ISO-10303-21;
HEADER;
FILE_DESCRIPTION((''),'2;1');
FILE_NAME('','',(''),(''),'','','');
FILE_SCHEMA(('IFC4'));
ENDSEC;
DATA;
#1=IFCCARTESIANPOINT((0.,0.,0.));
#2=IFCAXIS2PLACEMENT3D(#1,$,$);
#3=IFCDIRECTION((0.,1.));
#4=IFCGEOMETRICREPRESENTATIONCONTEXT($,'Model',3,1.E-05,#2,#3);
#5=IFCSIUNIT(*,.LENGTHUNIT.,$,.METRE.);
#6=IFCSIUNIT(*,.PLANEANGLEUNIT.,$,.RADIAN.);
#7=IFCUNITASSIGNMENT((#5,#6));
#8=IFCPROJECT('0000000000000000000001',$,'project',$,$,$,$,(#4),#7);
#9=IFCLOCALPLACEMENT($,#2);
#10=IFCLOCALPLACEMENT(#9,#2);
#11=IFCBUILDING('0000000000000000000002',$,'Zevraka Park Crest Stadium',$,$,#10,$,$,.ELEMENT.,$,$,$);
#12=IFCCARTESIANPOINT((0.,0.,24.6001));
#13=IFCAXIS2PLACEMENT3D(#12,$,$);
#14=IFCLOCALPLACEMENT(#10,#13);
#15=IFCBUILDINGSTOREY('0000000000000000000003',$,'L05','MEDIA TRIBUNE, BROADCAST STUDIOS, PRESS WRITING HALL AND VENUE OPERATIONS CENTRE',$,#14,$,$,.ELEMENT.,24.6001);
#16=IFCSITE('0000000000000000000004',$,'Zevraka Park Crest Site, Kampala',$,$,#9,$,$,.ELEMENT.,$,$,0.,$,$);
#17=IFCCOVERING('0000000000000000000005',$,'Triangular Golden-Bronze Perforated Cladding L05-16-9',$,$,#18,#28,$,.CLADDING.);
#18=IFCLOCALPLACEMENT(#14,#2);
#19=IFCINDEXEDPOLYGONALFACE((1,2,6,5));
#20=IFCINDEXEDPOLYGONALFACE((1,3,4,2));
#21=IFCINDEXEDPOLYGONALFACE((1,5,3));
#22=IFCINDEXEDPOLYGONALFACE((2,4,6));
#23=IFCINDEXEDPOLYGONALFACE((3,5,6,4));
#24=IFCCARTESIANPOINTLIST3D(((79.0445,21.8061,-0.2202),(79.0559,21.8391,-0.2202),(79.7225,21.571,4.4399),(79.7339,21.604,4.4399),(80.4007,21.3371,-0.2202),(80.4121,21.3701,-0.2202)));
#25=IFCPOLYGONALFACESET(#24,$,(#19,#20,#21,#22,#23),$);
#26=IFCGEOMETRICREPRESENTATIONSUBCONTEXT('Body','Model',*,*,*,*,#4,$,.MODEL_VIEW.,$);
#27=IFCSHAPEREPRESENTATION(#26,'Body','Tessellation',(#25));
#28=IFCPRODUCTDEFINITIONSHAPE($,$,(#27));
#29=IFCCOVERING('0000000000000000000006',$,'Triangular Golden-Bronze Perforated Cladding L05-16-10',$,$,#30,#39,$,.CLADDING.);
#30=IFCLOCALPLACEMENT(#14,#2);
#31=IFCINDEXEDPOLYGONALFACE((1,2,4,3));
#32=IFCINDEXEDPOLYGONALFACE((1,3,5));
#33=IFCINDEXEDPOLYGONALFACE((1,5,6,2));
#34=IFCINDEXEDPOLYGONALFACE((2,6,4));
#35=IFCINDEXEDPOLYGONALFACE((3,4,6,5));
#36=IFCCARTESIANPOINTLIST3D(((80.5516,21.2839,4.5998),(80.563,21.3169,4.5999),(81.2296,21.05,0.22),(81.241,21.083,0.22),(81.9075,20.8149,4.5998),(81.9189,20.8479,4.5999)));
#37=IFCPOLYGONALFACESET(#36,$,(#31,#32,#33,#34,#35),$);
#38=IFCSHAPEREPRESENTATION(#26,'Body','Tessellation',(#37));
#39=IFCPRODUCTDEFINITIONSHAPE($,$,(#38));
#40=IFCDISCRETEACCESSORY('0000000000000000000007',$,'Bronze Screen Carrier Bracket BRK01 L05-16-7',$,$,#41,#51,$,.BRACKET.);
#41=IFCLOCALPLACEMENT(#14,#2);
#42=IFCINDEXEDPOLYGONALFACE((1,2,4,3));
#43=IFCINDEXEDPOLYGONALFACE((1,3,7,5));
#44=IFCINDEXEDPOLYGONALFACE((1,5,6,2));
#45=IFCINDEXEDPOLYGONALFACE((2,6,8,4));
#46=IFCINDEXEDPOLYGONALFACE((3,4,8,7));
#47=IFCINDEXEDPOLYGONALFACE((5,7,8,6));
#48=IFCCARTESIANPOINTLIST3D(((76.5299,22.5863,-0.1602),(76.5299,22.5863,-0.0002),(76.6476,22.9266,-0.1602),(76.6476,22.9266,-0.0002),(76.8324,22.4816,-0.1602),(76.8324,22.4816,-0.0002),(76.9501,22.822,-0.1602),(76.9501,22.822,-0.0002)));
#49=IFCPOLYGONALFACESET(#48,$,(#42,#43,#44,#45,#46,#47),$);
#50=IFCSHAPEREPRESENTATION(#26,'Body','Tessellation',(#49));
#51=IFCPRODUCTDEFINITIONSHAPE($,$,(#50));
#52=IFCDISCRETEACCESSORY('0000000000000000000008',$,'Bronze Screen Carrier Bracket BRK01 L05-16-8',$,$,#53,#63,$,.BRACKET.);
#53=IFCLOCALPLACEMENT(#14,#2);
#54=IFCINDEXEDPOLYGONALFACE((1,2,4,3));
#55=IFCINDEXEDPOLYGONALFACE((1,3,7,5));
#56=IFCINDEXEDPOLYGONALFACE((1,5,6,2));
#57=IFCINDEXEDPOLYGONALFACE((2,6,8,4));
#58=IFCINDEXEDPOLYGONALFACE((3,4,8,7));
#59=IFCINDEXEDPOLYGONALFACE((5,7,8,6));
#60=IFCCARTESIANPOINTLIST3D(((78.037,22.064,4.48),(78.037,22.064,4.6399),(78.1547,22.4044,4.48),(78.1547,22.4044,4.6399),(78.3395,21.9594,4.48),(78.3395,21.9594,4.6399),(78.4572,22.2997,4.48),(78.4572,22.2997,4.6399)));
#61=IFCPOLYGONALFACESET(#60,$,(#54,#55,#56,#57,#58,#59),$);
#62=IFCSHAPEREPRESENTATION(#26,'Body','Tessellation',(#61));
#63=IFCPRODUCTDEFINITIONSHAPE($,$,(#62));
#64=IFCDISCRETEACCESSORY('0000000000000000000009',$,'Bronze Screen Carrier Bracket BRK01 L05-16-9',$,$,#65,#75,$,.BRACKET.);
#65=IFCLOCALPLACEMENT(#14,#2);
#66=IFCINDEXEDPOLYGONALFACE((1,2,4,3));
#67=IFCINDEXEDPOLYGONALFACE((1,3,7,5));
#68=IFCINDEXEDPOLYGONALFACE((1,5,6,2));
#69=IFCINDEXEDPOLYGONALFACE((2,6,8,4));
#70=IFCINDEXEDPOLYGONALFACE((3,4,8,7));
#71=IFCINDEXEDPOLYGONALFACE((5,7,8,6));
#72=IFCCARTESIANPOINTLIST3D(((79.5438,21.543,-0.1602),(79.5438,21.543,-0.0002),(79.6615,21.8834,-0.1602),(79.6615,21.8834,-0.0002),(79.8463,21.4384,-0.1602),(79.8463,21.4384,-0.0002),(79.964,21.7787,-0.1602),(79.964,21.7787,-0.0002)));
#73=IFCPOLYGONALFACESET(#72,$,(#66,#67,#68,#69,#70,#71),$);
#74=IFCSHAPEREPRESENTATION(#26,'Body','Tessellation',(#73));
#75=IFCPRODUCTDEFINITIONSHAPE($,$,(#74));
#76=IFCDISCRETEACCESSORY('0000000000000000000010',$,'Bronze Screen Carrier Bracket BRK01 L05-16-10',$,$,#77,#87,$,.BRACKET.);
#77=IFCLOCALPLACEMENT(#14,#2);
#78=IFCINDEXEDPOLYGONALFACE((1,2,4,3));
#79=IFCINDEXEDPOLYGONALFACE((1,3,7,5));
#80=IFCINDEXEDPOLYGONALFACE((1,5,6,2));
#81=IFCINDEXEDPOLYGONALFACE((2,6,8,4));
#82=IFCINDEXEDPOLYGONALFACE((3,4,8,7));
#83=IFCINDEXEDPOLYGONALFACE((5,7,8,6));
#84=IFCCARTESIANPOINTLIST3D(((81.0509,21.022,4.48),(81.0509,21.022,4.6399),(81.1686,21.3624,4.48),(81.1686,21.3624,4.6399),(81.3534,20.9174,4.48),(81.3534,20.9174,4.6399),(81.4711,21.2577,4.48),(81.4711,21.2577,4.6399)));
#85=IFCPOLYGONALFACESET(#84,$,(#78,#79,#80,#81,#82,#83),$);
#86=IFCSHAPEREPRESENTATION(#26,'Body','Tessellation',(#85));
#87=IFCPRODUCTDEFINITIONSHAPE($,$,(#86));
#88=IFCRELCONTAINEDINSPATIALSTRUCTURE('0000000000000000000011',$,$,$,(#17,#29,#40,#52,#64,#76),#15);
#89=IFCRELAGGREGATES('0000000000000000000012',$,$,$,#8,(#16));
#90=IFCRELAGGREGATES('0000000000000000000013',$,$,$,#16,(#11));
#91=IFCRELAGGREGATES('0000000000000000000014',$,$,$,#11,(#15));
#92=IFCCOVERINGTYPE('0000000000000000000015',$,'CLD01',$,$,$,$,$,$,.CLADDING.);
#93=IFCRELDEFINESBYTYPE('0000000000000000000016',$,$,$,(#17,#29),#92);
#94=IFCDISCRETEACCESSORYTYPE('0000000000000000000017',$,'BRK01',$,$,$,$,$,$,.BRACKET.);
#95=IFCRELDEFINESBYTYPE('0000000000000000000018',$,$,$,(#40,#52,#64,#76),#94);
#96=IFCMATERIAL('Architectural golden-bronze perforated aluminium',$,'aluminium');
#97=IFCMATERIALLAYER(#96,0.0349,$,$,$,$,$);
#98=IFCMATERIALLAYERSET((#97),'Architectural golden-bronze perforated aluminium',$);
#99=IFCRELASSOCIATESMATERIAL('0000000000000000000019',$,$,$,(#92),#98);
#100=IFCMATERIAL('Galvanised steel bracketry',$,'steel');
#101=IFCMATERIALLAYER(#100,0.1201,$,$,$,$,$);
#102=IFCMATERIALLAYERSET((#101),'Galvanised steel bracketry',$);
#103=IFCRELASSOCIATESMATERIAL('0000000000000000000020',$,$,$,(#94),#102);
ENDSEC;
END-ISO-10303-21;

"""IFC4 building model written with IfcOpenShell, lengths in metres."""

from ifc_helpers import new_model, si_unit, direction, frame, origin, origin_2d, place, context, subcontext, project, spatial, polyline, rectangle, outline, extrude, material, layer, layer_set, type_object, element, save


model = new_model("IFC4")

# Units and contexts
model_context = context("Model", 3, precision=1e-05, world=origin(), true_north=direction((0.0, 1.0)))
body_context = subcontext(model_context, "Body", "Model", "MODEL_VIEW")
ifc_project = project(units=[si_unit("LENGTHUNIT", "METRE"), si_unit("PLANEANGLEUNIT", "RADIAN")], contexts=[model_context])

# Site, building, storey
site_placement = place(None, origin())
site = spatial("IfcSite", under=ifc_project, at=site_placement, Name="Zevraka Park Crest Site, Kampala", CompositionType="ELEMENT", RefElevation=0.0)
building_placement = place(site_placement, origin())
building = spatial("IfcBuilding", under=site, at=building_placement, Name="Zevraka Park Crest Stadium", CompositionType="ELEMENT")
storey_placement = place(building_placement, frame((0.0, 0.0, 24.6001)))
storey = spatial("IfcBuildingStorey", under=building, at=storey_placement, Name="L05", Description="MEDIA TRIBUNE, BROADCAST STUDIOS, PRESS WRITING HALL AND VENUE OPERATIONS CENTRE", CompositionType="ELEMENT", Elevation=24.6001)

# Coverings
ifc_material_1 = material(Name="Architectural golden-bronze perforated aluminium", Category="aluminium")
ifc_layer_1 = layer(ifc_material_1, 0.0349)
ifc_layer_set_1 = layer_set([ifc_layer_1], Name="Architectural golden-bronze perforated aluminium")
covering_type = type_object("IfcCoveringType", Name="CLD01", PredefinedType="CLADDING", material=ifc_layer_set_1)
covering_1_placement = place(storey_placement, frame((79.0559, 21.8391, -0.2202), z_axis=(0.326824, 0.945085, 0.000132), x_axis=(0.945085, -0.326824, 0.0)))
element("IfcCovering", 1, at=covering_1_placement, inside=storey, type_object=covering_type, Name="Triangular Golden-Bronze Perforated Cladding L05-16-9", PredefinedType="CLADDING", context=body_context, shape_type="SweptSolid", body=[
    extrude(outline(polyline([(0.0, 0.0), (1.435, 0.0), (0.7176, -4.6602), (0.0, 0.0)])), origin(), (0.0, 0.0, -1.0), 0.0349),
])
covering_2_placement = place(storey_placement, frame((81.9189, 20.8479, 4.5999), z_axis=(0.326877, 0.945067, 0.000132), x_axis=(-0.945067, 0.326877, 0.0)))
element("IfcCovering", 2, at=covering_2_placement, inside=storey, type_object=covering_type, Name="Triangular Golden-Bronze Perforated Cladding L05-16-10", PredefinedType="CLADDING", context=body_context, shape_type="SweptSolid", body=[
    extrude(outline(polyline([(0.0, 0.0), (1.4348, 0.0), (0.7176, -4.3799), (0.0, 0.0)])), origin(), (0.0, 0.0, -1.0), 0.0349),
])

# Discrete accessories
ifc_material_2 = material(Name="Galvanised steel bracketry", Category="steel")
ifc_layer_2 = layer(ifc_material_2, 0.1201)
ifc_layer_set_2 = layer_set([ifc_layer_2], Name="Galvanised steel bracketry")
discrete_accessory_type = type_object("IfcDiscreteAccessoryType", Name="BRK01", PredefinedType="BRACKET", material=ifc_layer_set_2)
for number, where, z_axis, x_axis, name in (
    (3, (76.74, 22.7041, -0.1602), (0.0, 0.0, 1.0), (0.945063, -0.326888, 0.0), "Bronze Screen Carrier Bracket BRK01 L05-16-7"),
    (4, (78.2471, 22.1819, 4.48), (0.0, 0.0, 1.0), (0.945063, -0.326888, 0.0), "Bronze Screen Carrier Bracket BRK01 L05-16-8"),
    (5, (79.7539, 21.6609, -0.1602), (0.0, 0.0, 1.0), (0.945063, -0.326888, 0.0), "Bronze Screen Carrier Bracket BRK01 L05-16-9"),
    (6, (81.261, 21.1399, 4.48), (0.0, 0.0, 1.0), (0.945063, -0.326888, 0.0), "Bronze Screen Carrier Bracket BRK01 L05-16-10"),
):
    element("IfcDiscreteAccessory", number, at=place(storey_placement, frame(where, z_axis=z_axis, x_axis=x_axis)), inside=storey, type_object=discrete_accessory_type, Name=name, PredefinedType="BRACKET", context=body_context, shape_type="SweptSolid", body=[
        extrude(rectangle(XDim=0.3201, YDim=0.3601, at=origin_2d()), origin(), (0.0, 0.0, 1.0), 0.1599),
    ])

save(model, "model.ifc")
